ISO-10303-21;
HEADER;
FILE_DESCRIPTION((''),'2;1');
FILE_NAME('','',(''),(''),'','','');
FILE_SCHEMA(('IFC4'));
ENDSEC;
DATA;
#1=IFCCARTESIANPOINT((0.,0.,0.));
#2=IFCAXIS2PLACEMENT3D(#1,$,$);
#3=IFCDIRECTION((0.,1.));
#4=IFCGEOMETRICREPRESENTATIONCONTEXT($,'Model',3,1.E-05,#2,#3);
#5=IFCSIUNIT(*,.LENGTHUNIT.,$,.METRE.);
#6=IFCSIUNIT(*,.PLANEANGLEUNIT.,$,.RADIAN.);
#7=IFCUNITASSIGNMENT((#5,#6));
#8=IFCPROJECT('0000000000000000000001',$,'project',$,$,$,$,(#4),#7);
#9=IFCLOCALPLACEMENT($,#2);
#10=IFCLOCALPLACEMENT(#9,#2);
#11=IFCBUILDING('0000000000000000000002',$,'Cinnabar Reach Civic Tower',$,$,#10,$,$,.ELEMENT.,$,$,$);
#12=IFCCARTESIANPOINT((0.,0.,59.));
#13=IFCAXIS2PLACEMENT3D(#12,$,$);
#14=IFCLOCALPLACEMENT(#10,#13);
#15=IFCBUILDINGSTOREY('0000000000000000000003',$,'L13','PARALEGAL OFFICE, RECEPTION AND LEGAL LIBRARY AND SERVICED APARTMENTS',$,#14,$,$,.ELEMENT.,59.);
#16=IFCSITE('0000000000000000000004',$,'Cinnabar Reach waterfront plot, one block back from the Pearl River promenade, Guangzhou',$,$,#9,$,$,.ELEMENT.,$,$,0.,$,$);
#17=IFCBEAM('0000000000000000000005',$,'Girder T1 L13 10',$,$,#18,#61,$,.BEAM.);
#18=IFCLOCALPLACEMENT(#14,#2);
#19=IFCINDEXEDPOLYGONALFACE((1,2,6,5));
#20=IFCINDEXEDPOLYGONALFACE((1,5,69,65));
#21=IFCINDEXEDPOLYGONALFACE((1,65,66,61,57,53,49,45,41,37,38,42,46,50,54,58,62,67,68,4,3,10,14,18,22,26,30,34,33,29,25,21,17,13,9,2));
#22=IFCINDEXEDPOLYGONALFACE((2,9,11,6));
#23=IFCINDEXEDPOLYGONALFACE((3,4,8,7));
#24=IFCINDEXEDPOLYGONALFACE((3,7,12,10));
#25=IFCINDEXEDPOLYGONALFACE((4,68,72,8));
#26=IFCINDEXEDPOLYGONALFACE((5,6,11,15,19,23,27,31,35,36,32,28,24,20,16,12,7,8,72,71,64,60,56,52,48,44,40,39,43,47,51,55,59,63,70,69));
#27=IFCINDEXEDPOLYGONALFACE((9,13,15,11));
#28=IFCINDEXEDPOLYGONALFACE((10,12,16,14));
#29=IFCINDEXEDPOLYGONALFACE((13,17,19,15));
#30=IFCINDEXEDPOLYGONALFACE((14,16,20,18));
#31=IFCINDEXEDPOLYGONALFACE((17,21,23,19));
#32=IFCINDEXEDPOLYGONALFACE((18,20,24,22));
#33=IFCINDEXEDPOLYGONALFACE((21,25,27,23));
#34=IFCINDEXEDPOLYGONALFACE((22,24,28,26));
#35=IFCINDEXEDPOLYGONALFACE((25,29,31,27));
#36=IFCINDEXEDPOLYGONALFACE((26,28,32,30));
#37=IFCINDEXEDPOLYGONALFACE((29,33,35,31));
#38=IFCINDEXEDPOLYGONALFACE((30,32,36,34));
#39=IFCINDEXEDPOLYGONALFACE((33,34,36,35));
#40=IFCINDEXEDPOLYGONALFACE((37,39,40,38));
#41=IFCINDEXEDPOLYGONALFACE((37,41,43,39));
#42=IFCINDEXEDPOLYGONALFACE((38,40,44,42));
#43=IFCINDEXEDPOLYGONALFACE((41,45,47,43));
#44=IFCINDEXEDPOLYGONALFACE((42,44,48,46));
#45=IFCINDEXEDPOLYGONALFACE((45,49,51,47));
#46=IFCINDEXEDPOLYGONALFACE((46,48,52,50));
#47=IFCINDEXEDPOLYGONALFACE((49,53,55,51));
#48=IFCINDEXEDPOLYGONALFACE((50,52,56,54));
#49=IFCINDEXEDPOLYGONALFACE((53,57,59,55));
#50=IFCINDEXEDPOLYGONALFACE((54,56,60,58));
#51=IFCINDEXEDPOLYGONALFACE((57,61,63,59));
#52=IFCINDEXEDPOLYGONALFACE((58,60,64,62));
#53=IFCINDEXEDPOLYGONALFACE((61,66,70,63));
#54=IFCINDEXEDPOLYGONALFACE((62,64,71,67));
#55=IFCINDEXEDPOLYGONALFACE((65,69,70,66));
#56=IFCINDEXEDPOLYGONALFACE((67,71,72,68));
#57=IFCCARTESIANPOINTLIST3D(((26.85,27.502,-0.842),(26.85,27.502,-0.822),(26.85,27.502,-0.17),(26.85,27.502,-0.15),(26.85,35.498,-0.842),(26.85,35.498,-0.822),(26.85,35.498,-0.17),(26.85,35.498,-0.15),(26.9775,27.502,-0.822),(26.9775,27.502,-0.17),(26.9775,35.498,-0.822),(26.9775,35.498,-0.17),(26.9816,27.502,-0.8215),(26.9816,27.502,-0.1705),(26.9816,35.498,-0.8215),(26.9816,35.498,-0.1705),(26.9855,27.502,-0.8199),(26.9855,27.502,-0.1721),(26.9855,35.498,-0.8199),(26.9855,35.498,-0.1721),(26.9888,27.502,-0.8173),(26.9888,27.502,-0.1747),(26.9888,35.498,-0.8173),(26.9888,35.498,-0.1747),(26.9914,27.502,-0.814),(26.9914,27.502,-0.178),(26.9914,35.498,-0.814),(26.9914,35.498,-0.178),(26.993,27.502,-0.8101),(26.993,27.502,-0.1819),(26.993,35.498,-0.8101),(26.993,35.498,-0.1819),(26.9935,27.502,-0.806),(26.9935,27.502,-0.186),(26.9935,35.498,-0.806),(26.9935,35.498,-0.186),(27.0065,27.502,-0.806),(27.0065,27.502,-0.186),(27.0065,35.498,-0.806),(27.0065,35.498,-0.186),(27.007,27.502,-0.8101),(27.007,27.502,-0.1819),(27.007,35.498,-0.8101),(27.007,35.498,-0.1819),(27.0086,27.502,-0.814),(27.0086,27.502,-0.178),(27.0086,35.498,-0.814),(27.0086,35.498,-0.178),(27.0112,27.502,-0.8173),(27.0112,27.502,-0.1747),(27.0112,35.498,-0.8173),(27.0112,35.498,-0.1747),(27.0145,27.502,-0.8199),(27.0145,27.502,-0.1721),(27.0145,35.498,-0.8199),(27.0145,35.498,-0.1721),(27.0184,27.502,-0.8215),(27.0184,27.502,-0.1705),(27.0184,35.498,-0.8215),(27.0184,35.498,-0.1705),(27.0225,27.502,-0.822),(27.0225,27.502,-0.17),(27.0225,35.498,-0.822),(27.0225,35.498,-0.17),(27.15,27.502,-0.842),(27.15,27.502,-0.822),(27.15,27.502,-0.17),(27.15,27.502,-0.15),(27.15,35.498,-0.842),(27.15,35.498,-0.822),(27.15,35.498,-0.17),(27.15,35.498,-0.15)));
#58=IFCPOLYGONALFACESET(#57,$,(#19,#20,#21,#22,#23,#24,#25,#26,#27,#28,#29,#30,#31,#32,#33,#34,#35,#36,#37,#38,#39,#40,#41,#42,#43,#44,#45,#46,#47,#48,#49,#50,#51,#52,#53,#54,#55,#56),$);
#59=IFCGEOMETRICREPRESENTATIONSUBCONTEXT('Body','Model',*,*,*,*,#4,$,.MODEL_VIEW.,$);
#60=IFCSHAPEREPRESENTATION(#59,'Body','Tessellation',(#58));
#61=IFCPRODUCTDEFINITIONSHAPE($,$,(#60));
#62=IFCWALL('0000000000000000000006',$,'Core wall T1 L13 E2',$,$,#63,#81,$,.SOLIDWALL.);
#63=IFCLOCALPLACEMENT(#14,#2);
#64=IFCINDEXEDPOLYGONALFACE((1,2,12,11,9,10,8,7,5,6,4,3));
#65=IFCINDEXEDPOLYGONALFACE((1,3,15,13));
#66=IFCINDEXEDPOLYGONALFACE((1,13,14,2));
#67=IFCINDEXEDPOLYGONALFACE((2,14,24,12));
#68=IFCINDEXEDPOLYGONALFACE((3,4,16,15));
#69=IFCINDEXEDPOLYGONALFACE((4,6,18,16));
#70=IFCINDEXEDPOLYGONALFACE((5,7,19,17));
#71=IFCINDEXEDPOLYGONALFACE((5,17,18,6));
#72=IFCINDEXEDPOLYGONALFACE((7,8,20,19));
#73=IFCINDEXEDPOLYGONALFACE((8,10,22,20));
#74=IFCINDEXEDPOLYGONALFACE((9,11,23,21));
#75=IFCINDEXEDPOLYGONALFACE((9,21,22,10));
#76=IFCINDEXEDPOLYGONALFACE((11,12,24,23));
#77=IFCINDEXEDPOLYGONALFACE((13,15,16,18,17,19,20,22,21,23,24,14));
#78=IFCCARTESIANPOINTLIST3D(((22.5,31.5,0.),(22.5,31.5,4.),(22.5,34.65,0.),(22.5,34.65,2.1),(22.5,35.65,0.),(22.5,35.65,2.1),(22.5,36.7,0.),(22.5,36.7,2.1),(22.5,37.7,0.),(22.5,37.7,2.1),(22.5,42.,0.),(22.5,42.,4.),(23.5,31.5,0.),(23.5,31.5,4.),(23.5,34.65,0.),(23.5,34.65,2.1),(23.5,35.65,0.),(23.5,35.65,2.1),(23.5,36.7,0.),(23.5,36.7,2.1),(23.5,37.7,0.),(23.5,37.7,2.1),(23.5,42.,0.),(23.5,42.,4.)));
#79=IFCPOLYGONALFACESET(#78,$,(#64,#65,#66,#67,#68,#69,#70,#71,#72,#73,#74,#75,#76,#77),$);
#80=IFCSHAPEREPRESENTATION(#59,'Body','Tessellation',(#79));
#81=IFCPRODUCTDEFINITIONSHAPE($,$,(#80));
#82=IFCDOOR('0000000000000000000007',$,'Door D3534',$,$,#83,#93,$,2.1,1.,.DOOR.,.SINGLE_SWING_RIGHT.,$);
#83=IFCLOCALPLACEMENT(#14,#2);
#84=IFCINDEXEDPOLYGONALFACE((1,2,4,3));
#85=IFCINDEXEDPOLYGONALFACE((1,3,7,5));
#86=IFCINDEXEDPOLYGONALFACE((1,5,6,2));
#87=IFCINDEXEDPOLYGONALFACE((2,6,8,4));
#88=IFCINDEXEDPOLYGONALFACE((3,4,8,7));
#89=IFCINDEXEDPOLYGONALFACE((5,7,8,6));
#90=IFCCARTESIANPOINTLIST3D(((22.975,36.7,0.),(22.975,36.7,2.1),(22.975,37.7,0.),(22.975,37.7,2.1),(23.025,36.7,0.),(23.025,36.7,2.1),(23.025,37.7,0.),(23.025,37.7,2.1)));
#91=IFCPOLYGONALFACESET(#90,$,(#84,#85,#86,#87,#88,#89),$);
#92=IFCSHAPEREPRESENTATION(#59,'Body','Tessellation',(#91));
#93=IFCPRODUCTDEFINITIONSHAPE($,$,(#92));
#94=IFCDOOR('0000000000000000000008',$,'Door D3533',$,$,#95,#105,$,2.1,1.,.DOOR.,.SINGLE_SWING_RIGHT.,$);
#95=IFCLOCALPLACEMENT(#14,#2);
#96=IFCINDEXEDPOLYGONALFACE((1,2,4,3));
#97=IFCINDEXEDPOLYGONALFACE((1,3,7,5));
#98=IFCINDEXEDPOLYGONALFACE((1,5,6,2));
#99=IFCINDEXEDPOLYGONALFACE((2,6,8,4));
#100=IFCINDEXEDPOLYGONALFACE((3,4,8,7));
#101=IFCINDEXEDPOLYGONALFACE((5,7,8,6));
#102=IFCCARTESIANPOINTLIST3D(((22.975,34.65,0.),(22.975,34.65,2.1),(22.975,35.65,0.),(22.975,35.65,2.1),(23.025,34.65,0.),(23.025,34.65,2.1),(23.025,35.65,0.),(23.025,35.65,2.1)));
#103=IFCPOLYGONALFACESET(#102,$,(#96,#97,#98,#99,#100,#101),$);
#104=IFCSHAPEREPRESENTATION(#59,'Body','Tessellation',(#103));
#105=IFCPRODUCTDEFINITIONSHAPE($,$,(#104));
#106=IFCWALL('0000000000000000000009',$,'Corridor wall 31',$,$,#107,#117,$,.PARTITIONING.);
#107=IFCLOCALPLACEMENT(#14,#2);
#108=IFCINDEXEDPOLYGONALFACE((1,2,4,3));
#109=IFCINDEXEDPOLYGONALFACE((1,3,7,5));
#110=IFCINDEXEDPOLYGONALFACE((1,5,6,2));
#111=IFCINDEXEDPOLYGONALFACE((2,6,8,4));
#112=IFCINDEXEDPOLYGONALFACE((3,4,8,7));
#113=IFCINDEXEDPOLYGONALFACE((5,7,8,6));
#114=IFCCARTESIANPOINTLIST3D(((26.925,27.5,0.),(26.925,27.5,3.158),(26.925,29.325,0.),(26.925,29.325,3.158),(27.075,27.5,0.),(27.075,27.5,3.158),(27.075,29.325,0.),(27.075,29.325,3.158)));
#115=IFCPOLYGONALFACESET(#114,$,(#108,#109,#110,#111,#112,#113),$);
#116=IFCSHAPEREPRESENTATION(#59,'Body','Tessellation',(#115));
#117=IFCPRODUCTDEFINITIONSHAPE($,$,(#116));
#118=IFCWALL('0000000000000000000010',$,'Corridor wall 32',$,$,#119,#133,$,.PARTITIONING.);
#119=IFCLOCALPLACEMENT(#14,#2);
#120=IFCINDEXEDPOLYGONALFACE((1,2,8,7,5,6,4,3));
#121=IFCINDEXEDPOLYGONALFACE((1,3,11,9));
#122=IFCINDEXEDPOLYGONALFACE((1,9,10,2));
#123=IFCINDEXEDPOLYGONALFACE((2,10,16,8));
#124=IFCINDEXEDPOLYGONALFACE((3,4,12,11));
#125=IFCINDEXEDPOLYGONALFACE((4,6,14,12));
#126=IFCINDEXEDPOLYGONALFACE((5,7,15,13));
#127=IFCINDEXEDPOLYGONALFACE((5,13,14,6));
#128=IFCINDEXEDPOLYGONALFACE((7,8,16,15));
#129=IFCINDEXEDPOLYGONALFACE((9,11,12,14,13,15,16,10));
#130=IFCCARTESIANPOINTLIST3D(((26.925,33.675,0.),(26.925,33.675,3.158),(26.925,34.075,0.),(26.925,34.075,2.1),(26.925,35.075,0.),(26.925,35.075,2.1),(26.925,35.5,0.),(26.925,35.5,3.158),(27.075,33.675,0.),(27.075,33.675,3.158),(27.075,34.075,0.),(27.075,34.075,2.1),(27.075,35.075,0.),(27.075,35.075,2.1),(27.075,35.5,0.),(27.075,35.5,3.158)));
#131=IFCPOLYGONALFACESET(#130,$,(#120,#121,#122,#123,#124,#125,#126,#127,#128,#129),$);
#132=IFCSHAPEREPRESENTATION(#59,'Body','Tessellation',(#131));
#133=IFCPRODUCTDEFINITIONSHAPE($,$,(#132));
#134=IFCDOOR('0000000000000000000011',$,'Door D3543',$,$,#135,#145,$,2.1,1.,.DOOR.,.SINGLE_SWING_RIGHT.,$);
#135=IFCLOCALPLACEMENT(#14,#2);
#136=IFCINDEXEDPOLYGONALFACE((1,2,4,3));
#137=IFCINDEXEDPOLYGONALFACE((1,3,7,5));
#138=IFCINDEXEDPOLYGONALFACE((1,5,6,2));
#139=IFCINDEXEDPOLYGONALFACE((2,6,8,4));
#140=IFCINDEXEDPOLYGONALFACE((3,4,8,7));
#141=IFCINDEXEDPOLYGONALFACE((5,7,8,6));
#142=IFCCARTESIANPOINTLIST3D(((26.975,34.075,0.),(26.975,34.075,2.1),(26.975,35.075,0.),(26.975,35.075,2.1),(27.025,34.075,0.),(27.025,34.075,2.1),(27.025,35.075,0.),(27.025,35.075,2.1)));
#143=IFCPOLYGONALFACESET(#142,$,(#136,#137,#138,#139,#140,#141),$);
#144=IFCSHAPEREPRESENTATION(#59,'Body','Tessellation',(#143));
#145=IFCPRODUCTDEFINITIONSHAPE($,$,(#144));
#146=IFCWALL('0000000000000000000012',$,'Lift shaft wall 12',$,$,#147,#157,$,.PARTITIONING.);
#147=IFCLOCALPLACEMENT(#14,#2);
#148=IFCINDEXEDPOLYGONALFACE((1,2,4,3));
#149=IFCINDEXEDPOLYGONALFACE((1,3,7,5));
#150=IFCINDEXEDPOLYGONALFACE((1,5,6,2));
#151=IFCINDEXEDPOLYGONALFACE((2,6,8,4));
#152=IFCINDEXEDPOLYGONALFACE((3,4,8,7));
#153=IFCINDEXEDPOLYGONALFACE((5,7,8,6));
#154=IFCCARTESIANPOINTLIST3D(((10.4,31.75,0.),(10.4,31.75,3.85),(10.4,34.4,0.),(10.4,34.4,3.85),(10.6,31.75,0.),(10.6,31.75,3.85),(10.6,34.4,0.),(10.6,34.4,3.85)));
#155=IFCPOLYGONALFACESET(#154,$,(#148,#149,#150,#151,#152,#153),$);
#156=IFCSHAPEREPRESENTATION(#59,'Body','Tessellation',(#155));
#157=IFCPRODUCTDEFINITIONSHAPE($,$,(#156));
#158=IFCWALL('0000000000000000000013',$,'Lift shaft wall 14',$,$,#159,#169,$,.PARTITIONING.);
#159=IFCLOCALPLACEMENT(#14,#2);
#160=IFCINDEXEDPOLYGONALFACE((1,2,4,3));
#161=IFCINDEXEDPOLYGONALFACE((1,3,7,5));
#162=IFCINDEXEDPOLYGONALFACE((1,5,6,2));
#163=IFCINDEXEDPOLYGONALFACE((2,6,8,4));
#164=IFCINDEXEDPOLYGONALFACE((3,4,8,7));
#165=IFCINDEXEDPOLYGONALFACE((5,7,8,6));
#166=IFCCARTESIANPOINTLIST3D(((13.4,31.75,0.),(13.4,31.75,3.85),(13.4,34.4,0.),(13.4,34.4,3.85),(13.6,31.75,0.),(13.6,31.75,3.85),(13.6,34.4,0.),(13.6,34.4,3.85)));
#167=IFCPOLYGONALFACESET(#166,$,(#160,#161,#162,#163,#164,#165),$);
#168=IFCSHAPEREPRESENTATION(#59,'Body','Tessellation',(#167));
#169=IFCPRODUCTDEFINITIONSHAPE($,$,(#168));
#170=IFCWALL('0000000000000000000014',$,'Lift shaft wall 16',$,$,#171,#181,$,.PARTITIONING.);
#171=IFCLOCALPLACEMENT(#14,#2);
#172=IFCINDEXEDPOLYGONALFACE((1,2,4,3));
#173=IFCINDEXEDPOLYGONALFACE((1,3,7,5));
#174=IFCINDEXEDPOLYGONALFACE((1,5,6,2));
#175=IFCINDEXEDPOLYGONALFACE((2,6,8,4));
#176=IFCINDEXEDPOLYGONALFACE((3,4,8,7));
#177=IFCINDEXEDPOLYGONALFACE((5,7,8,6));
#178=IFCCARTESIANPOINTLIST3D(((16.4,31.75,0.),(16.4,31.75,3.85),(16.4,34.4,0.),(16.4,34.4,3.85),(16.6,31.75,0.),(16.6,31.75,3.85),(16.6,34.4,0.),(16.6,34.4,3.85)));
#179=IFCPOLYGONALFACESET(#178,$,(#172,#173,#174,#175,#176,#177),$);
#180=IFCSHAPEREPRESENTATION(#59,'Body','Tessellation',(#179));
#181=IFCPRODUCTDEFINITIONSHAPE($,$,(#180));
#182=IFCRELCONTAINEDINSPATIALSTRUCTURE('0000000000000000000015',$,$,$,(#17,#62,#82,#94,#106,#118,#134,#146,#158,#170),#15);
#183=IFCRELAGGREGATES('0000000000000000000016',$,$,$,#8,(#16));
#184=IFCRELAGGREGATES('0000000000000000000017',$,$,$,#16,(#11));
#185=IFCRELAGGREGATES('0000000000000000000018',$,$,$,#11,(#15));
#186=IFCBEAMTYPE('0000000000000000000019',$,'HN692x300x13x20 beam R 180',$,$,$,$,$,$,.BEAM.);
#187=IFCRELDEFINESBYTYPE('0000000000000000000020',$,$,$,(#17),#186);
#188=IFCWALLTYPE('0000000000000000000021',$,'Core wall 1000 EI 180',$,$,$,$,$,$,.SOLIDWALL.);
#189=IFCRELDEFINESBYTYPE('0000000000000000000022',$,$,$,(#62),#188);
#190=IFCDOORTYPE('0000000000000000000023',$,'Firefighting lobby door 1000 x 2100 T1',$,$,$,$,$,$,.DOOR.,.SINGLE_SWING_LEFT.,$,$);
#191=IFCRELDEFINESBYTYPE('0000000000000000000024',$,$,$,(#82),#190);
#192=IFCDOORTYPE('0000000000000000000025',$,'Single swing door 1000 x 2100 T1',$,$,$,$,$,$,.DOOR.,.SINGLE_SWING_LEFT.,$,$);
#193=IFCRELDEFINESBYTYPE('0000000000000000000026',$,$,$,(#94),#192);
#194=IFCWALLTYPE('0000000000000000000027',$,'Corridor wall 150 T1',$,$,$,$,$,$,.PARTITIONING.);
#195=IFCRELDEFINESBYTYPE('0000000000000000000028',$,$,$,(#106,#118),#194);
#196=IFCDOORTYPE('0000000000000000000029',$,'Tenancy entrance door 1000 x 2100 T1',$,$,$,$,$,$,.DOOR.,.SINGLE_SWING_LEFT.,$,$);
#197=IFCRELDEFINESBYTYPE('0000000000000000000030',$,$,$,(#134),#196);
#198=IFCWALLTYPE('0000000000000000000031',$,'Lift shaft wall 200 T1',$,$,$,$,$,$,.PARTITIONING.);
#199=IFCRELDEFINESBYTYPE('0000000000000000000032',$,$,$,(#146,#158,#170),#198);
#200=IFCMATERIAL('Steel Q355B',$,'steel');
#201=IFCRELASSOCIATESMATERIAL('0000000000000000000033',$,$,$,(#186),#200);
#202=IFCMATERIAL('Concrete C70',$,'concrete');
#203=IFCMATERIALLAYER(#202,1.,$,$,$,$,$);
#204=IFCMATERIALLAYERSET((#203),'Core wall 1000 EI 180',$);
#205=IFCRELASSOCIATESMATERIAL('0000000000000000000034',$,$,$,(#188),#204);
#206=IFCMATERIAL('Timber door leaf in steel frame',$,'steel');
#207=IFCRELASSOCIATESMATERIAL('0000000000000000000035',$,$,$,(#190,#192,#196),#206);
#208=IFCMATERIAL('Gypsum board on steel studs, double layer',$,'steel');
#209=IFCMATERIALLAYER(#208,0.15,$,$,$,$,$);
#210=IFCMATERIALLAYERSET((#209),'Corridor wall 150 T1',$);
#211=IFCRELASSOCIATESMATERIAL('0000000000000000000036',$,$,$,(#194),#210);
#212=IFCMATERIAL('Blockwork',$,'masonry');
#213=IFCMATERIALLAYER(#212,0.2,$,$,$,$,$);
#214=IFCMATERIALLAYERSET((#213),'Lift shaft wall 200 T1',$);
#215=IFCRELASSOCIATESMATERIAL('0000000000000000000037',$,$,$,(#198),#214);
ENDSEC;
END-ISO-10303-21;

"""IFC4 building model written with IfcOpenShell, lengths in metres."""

from ifc_helpers import new_model, si_unit, direction, frame, frame_2d, origin, origin_2d, place, context, subcontext, project, spatial, rectangle, i_section, extrude, material, layer, layer_set, material_profile, profile_set, type_object, element, fill, save


model = new_model("IFC4")

# Units and contexts
model_context = context("Model", 3, precision=1e-05, world=origin(), true_north=direction((0.0, 1.0)))
body_context = subcontext(model_context, "Body", "Model", "MODEL_VIEW")
ifc_project = project(units=[si_unit("LENGTHUNIT", "METRE"), si_unit("PLANEANGLEUNIT", "RADIAN")], contexts=[model_context])

# Site, building, storey
site_placement = place(None, origin())
site = spatial("IfcSite", under=ifc_project, at=site_placement, Name="Cinnabar Reach waterfront plot, one block back from the Pearl River promenade, Guangzhou", CompositionType="ELEMENT", RefElevation=0.0)
building_placement = place(site_placement, origin())
building = spatial("IfcBuilding", under=site, at=building_placement, Name="Cinnabar Reach Civic Tower", CompositionType="ELEMENT")
storey_placement = place(building_placement, frame((0.0, 0.0, 59.0)))
storey = spatial("IfcBuildingStorey", under=building, at=storey_placement, Name="L13", Description="PARALEGAL OFFICE, RECEPTION AND LEGAL LIBRARY AND SERVICED APARTMENTS", CompositionType="ELEMENT", Elevation=59.0)

# Shared definitions
ifc_material_1 = material(Name="Concrete C70", Category="concrete")

# Beam
ifc_material_2 = material(Name="Steel Q355B", Category="steel")
ifc_material_profile_1 = material_profile(ifc_material_2, i_section(OverallWidth=0.3, OverallDepth=0.692, WebThickness=0.013, FlangeThickness=0.02, FilletRadius=0.016, at=origin_2d()), Name="HN692x300x13x20")
ifc_profile_set_1 = profile_set([ifc_material_profile_1], Name="Steel Q355B")
beam_type_1 = type_object("IfcBeamType", Name="HN692x300x13x20 beam R 180", PredefinedType="BEAM", material=ifc_profile_set_1)
beam_1_placement = place(storey_placement, frame((27.0, 27.502, -0.496), z_axis=(0.0, 1.0, 0.0), x_axis=(-1.0, 0.0, 0.0)))
element("IfcBeam", 1, at=beam_1_placement, inside=storey, type_object=beam_type_1, Name="Girder T1 L13 10", PredefinedType="BEAM", context=body_context, shape_type="SweptSolid", body=[
    extrude(i_section(OverallWidth=0.3, OverallDepth=0.692, WebThickness=0.013, FlangeThickness=0.02, FilletRadius=0.016, at=origin_2d()), origin(), (0.0, 0.0, 1.0), 7.996),
])

# Wall, openings, doors
ifc_layer_1 = layer(ifc_material_1, 1.0)
ifc_layer_set_1 = layer_set([ifc_layer_1], Name="Core wall 1000 EI 180")
wall_type_1 = type_object("IfcWallType", Name="Core wall 1000 EI 180", PredefinedType="SOLIDWALL", material=ifc_layer_set_1)
wall_1_placement = place(storey_placement, frame((23.0, 31.5, 0.0), z_axis=(0.0, 0.0, 1.0), x_axis=(0.0, 1.0, 0.0)))
wall_1 = element("IfcWall", 2, at=wall_1_placement, inside=storey, type_object=wall_type_1, Name="Core wall T1 L13 E2", PredefinedType="SOLIDWALL", context=body_context, shape_type="SweptSolid", body=[
    extrude(rectangle(XDim=10.5, YDim=1.0, at=frame_2d((5.25, 0.0))), origin(), (0.0, 0.0, 1.0), 4.0),
])
opening_1_placement = place(wall_1_placement, frame((3.15, 0.0, 0.0)))
opening_1 = element("IfcOpeningElement", 3, at=opening_1_placement, cuts=wall_1, PredefinedType="OPENING", context=body_context, shape_type="SweptSolid", body=[
    extrude(rectangle(XDim=1.0, YDim=2.1, at=frame_2d((0.5, 1.05))), frame((0.0, 0.51, 0.0), z_axis=(0.0, -1.0, 0.0), x_axis=(1.0, 0.0, 0.0)), (0.0, 0.0, 1.0), 1.02),
])
opening_2_placement = place(wall_1_placement, frame((5.2, 0.0, 0.0)))
opening_2 = element("IfcOpeningElement", 4, at=opening_2_placement, cuts=wall_1, PredefinedType="OPENING", context=body_context, shape_type="SweptSolid", body=[
    extrude(rectangle(XDim=1.0, YDim=2.1, at=frame_2d((0.5, 1.05))), frame((0.0, 0.51, 0.0), z_axis=(0.0, -1.0, 0.0), x_axis=(1.0, 0.0, 0.0)), (0.0, 0.0, 1.0), 1.02),
])
ifc_material_3 = material(Name="Timber door leaf in steel frame", Category="steel")
door_type_1 = type_object("IfcDoorType", Name="Firefighting lobby door 1000 x 2100 T1", OperationType="SINGLE_SWING_LEFT", PredefinedType="DOOR", material=ifc_material_3)
door_1_placement = place(opening_2_placement, origin())
door_1 = element("IfcDoor", 5, at=door_1_placement, inside=storey, type_object=door_type_1, Name="Door D3534", OperationType="SINGLE_SWING_RIGHT", OverallHeight=2.1, OverallWidth=1.0, PredefinedType="DOOR", context=body_context, shape_type="SweptSolid", body=[
    extrude(rectangle(XDim=1.0, YDim=2.1, at=frame_2d((0.5, 1.05))), frame((0.0, 0.025, 0.0), z_axis=(0.0, -1.0, 0.0), x_axis=(1.0, 0.0, 0.0)), (0.0, 0.0, 1.0), 0.05),
])
fill(opening_2, door_1)
door_type_2 = type_object("IfcDoorType", Name="Single swing door 1000 x 2100 T1", OperationType="SINGLE_SWING_LEFT", PredefinedType="DOOR", material=ifc_material_3)
door_2_placement = place(opening_1_placement, origin())
door_2 = element("IfcDoor", 6, at=door_2_placement, inside=storey, type_object=door_type_2, Name="Door D3533", OperationType="SINGLE_SWING_RIGHT", OverallHeight=2.1, OverallWidth=1.0, PredefinedType="DOOR", context=body_context, shape_type="SweptSolid", body=[
    extrude(rectangle(XDim=1.0, YDim=2.1, at=frame_2d((0.5, 1.05))), frame((0.0, 0.025, 0.0), z_axis=(0.0, -1.0, 0.0), x_axis=(1.0, 0.0, 0.0)), (0.0, 0.0, 1.0), 0.05),
])
fill(opening_1, door_2)

# Wall
ifc_material_4 = material(Name="Gypsum board on steel studs, double layer", Category="steel")
ifc_layer_2 = layer(ifc_material_4, 0.15)
ifc_layer_set_2 = layer_set([ifc_layer_2], Name="Corridor wall 150 T1")
wall_type_2 = type_object("IfcWallType", Name="Corridor wall 150 T1", PredefinedType="PARTITIONING", material=ifc_layer_set_2)
wall_2_placement = place(storey_placement, frame((27.0, 27.5, 0.0), z_axis=(0.0, 0.0, 1.0), x_axis=(0.0, 1.0, 0.0)))
element("IfcWall", 7, at=wall_2_placement, inside=storey, type_object=wall_type_2, Name="Corridor wall 31", PredefinedType="PARTITIONING", context=body_context, shape_type="SweptSolid", body=[
    extrude(rectangle(XDim=1.825, YDim=0.15, at=frame_2d((0.9125, 0.0))), origin(), (0.0, 0.0, 1.0), 3.158),
])

# Wall, opening, door
wall_3_placement = place(storey_placement, frame((27.0, 33.675, 0.0), z_axis=(0.0, 0.0, 1.0), x_axis=(0.0, 1.0, 0.0)))
wall_3 = element("IfcWall", 8, at=wall_3_placement, inside=storey, type_object=wall_type_2, Name="Corridor wall 32", PredefinedType="PARTITIONING", context=body_context, shape_type="SweptSolid", body=[
    extrude(rectangle(XDim=1.825, YDim=0.15, at=frame_2d((0.9125, 0.0))), origin(), (0.0, 0.0, 1.0), 3.158),
])
opening_3_placement = place(wall_3_placement, frame((0.4, 0.0, 0.0)))
opening_3 = element("IfcOpeningElement", 9, at=opening_3_placement, cuts=wall_3, PredefinedType="OPENING", context=body_context, shape_type="SweptSolid", body=[
    extrude(rectangle(XDim=1.0, YDim=2.1, at=frame_2d((0.5, 1.05))), frame((0.0, 0.085, 0.0), z_axis=(0.0, -1.0, 0.0), x_axis=(1.0, 0.0, 0.0)), (0.0, 0.0, 1.0), 0.17),
])
door_type_3 = type_object("IfcDoorType", Name="Tenancy entrance door 1000 x 2100 T1", OperationType="SINGLE_SWING_LEFT", PredefinedType="DOOR", material=ifc_material_3)
door_3_placement = place(opening_3_placement, frame((1.0, 0.0, 0.0), z_axis=(0.0, 0.0, 1.0), x_axis=(-1.0, 0.0, 0.0)))
door_3 = element("IfcDoor", 10, at=door_3_placement, inside=storey, type_object=door_type_3, Name="Door D3543", OperationType="SINGLE_SWING_RIGHT", OverallHeight=2.1, OverallWidth=1.0, PredefinedType="DOOR", context=body_context, shape_type="SweptSolid", body=[
    extrude(rectangle(XDim=1.0, YDim=2.1, at=frame_2d((0.5, 1.05))), frame((0.0, 0.025, 0.0), z_axis=(0.0, -1.0, 0.0), x_axis=(1.0, 0.0, 0.0)), (0.0, 0.0, 1.0), 0.05),
])
fill(opening_3, door_3)

# Walls
ifc_material_5 = material(Name="Blockwork", Category="masonry")
ifc_layer_3 = layer(ifc_material_5, 0.2)
ifc_layer_set_3 = layer_set([ifc_layer_3], Name="Lift shaft wall 200 T1")
wall_type_3 = type_object("IfcWallType", Name="Lift shaft wall 200 T1", PredefinedType="PARTITIONING", material=ifc_layer_set_3)
for number, where, z_axis, x_axis, name in (
    (11, (10.5, 31.75, 0.0), (0.0, 0.0, 1.0), (0.0, 1.0, 0.0), "Lift shaft wall 12"),
    (12, (13.5, 31.75, 0.0), (0.0, 0.0, 1.0), (0.0, 1.0, 0.0), "Lift shaft wall 14"),
    (13, (16.5, 31.75, 0.0), (0.0, 0.0, 1.0), (0.0, 1.0, 0.0), "Lift shaft wall 16"),
):
    element("IfcWall", number, at=place(storey_placement, frame(where, z_axis=z_axis, x_axis=x_axis)), inside=storey, type_object=wall_type_3, Name=name, PredefinedType="PARTITIONING", context=body_context, shape_type="SweptSolid", body=[
        extrude(rectangle(XDim=2.65, YDim=0.2, at=frame_2d((1.325, 0.0))), origin(), (0.0, 0.0, 1.0), 3.85),
    ])

save(model, "model.ifc")
